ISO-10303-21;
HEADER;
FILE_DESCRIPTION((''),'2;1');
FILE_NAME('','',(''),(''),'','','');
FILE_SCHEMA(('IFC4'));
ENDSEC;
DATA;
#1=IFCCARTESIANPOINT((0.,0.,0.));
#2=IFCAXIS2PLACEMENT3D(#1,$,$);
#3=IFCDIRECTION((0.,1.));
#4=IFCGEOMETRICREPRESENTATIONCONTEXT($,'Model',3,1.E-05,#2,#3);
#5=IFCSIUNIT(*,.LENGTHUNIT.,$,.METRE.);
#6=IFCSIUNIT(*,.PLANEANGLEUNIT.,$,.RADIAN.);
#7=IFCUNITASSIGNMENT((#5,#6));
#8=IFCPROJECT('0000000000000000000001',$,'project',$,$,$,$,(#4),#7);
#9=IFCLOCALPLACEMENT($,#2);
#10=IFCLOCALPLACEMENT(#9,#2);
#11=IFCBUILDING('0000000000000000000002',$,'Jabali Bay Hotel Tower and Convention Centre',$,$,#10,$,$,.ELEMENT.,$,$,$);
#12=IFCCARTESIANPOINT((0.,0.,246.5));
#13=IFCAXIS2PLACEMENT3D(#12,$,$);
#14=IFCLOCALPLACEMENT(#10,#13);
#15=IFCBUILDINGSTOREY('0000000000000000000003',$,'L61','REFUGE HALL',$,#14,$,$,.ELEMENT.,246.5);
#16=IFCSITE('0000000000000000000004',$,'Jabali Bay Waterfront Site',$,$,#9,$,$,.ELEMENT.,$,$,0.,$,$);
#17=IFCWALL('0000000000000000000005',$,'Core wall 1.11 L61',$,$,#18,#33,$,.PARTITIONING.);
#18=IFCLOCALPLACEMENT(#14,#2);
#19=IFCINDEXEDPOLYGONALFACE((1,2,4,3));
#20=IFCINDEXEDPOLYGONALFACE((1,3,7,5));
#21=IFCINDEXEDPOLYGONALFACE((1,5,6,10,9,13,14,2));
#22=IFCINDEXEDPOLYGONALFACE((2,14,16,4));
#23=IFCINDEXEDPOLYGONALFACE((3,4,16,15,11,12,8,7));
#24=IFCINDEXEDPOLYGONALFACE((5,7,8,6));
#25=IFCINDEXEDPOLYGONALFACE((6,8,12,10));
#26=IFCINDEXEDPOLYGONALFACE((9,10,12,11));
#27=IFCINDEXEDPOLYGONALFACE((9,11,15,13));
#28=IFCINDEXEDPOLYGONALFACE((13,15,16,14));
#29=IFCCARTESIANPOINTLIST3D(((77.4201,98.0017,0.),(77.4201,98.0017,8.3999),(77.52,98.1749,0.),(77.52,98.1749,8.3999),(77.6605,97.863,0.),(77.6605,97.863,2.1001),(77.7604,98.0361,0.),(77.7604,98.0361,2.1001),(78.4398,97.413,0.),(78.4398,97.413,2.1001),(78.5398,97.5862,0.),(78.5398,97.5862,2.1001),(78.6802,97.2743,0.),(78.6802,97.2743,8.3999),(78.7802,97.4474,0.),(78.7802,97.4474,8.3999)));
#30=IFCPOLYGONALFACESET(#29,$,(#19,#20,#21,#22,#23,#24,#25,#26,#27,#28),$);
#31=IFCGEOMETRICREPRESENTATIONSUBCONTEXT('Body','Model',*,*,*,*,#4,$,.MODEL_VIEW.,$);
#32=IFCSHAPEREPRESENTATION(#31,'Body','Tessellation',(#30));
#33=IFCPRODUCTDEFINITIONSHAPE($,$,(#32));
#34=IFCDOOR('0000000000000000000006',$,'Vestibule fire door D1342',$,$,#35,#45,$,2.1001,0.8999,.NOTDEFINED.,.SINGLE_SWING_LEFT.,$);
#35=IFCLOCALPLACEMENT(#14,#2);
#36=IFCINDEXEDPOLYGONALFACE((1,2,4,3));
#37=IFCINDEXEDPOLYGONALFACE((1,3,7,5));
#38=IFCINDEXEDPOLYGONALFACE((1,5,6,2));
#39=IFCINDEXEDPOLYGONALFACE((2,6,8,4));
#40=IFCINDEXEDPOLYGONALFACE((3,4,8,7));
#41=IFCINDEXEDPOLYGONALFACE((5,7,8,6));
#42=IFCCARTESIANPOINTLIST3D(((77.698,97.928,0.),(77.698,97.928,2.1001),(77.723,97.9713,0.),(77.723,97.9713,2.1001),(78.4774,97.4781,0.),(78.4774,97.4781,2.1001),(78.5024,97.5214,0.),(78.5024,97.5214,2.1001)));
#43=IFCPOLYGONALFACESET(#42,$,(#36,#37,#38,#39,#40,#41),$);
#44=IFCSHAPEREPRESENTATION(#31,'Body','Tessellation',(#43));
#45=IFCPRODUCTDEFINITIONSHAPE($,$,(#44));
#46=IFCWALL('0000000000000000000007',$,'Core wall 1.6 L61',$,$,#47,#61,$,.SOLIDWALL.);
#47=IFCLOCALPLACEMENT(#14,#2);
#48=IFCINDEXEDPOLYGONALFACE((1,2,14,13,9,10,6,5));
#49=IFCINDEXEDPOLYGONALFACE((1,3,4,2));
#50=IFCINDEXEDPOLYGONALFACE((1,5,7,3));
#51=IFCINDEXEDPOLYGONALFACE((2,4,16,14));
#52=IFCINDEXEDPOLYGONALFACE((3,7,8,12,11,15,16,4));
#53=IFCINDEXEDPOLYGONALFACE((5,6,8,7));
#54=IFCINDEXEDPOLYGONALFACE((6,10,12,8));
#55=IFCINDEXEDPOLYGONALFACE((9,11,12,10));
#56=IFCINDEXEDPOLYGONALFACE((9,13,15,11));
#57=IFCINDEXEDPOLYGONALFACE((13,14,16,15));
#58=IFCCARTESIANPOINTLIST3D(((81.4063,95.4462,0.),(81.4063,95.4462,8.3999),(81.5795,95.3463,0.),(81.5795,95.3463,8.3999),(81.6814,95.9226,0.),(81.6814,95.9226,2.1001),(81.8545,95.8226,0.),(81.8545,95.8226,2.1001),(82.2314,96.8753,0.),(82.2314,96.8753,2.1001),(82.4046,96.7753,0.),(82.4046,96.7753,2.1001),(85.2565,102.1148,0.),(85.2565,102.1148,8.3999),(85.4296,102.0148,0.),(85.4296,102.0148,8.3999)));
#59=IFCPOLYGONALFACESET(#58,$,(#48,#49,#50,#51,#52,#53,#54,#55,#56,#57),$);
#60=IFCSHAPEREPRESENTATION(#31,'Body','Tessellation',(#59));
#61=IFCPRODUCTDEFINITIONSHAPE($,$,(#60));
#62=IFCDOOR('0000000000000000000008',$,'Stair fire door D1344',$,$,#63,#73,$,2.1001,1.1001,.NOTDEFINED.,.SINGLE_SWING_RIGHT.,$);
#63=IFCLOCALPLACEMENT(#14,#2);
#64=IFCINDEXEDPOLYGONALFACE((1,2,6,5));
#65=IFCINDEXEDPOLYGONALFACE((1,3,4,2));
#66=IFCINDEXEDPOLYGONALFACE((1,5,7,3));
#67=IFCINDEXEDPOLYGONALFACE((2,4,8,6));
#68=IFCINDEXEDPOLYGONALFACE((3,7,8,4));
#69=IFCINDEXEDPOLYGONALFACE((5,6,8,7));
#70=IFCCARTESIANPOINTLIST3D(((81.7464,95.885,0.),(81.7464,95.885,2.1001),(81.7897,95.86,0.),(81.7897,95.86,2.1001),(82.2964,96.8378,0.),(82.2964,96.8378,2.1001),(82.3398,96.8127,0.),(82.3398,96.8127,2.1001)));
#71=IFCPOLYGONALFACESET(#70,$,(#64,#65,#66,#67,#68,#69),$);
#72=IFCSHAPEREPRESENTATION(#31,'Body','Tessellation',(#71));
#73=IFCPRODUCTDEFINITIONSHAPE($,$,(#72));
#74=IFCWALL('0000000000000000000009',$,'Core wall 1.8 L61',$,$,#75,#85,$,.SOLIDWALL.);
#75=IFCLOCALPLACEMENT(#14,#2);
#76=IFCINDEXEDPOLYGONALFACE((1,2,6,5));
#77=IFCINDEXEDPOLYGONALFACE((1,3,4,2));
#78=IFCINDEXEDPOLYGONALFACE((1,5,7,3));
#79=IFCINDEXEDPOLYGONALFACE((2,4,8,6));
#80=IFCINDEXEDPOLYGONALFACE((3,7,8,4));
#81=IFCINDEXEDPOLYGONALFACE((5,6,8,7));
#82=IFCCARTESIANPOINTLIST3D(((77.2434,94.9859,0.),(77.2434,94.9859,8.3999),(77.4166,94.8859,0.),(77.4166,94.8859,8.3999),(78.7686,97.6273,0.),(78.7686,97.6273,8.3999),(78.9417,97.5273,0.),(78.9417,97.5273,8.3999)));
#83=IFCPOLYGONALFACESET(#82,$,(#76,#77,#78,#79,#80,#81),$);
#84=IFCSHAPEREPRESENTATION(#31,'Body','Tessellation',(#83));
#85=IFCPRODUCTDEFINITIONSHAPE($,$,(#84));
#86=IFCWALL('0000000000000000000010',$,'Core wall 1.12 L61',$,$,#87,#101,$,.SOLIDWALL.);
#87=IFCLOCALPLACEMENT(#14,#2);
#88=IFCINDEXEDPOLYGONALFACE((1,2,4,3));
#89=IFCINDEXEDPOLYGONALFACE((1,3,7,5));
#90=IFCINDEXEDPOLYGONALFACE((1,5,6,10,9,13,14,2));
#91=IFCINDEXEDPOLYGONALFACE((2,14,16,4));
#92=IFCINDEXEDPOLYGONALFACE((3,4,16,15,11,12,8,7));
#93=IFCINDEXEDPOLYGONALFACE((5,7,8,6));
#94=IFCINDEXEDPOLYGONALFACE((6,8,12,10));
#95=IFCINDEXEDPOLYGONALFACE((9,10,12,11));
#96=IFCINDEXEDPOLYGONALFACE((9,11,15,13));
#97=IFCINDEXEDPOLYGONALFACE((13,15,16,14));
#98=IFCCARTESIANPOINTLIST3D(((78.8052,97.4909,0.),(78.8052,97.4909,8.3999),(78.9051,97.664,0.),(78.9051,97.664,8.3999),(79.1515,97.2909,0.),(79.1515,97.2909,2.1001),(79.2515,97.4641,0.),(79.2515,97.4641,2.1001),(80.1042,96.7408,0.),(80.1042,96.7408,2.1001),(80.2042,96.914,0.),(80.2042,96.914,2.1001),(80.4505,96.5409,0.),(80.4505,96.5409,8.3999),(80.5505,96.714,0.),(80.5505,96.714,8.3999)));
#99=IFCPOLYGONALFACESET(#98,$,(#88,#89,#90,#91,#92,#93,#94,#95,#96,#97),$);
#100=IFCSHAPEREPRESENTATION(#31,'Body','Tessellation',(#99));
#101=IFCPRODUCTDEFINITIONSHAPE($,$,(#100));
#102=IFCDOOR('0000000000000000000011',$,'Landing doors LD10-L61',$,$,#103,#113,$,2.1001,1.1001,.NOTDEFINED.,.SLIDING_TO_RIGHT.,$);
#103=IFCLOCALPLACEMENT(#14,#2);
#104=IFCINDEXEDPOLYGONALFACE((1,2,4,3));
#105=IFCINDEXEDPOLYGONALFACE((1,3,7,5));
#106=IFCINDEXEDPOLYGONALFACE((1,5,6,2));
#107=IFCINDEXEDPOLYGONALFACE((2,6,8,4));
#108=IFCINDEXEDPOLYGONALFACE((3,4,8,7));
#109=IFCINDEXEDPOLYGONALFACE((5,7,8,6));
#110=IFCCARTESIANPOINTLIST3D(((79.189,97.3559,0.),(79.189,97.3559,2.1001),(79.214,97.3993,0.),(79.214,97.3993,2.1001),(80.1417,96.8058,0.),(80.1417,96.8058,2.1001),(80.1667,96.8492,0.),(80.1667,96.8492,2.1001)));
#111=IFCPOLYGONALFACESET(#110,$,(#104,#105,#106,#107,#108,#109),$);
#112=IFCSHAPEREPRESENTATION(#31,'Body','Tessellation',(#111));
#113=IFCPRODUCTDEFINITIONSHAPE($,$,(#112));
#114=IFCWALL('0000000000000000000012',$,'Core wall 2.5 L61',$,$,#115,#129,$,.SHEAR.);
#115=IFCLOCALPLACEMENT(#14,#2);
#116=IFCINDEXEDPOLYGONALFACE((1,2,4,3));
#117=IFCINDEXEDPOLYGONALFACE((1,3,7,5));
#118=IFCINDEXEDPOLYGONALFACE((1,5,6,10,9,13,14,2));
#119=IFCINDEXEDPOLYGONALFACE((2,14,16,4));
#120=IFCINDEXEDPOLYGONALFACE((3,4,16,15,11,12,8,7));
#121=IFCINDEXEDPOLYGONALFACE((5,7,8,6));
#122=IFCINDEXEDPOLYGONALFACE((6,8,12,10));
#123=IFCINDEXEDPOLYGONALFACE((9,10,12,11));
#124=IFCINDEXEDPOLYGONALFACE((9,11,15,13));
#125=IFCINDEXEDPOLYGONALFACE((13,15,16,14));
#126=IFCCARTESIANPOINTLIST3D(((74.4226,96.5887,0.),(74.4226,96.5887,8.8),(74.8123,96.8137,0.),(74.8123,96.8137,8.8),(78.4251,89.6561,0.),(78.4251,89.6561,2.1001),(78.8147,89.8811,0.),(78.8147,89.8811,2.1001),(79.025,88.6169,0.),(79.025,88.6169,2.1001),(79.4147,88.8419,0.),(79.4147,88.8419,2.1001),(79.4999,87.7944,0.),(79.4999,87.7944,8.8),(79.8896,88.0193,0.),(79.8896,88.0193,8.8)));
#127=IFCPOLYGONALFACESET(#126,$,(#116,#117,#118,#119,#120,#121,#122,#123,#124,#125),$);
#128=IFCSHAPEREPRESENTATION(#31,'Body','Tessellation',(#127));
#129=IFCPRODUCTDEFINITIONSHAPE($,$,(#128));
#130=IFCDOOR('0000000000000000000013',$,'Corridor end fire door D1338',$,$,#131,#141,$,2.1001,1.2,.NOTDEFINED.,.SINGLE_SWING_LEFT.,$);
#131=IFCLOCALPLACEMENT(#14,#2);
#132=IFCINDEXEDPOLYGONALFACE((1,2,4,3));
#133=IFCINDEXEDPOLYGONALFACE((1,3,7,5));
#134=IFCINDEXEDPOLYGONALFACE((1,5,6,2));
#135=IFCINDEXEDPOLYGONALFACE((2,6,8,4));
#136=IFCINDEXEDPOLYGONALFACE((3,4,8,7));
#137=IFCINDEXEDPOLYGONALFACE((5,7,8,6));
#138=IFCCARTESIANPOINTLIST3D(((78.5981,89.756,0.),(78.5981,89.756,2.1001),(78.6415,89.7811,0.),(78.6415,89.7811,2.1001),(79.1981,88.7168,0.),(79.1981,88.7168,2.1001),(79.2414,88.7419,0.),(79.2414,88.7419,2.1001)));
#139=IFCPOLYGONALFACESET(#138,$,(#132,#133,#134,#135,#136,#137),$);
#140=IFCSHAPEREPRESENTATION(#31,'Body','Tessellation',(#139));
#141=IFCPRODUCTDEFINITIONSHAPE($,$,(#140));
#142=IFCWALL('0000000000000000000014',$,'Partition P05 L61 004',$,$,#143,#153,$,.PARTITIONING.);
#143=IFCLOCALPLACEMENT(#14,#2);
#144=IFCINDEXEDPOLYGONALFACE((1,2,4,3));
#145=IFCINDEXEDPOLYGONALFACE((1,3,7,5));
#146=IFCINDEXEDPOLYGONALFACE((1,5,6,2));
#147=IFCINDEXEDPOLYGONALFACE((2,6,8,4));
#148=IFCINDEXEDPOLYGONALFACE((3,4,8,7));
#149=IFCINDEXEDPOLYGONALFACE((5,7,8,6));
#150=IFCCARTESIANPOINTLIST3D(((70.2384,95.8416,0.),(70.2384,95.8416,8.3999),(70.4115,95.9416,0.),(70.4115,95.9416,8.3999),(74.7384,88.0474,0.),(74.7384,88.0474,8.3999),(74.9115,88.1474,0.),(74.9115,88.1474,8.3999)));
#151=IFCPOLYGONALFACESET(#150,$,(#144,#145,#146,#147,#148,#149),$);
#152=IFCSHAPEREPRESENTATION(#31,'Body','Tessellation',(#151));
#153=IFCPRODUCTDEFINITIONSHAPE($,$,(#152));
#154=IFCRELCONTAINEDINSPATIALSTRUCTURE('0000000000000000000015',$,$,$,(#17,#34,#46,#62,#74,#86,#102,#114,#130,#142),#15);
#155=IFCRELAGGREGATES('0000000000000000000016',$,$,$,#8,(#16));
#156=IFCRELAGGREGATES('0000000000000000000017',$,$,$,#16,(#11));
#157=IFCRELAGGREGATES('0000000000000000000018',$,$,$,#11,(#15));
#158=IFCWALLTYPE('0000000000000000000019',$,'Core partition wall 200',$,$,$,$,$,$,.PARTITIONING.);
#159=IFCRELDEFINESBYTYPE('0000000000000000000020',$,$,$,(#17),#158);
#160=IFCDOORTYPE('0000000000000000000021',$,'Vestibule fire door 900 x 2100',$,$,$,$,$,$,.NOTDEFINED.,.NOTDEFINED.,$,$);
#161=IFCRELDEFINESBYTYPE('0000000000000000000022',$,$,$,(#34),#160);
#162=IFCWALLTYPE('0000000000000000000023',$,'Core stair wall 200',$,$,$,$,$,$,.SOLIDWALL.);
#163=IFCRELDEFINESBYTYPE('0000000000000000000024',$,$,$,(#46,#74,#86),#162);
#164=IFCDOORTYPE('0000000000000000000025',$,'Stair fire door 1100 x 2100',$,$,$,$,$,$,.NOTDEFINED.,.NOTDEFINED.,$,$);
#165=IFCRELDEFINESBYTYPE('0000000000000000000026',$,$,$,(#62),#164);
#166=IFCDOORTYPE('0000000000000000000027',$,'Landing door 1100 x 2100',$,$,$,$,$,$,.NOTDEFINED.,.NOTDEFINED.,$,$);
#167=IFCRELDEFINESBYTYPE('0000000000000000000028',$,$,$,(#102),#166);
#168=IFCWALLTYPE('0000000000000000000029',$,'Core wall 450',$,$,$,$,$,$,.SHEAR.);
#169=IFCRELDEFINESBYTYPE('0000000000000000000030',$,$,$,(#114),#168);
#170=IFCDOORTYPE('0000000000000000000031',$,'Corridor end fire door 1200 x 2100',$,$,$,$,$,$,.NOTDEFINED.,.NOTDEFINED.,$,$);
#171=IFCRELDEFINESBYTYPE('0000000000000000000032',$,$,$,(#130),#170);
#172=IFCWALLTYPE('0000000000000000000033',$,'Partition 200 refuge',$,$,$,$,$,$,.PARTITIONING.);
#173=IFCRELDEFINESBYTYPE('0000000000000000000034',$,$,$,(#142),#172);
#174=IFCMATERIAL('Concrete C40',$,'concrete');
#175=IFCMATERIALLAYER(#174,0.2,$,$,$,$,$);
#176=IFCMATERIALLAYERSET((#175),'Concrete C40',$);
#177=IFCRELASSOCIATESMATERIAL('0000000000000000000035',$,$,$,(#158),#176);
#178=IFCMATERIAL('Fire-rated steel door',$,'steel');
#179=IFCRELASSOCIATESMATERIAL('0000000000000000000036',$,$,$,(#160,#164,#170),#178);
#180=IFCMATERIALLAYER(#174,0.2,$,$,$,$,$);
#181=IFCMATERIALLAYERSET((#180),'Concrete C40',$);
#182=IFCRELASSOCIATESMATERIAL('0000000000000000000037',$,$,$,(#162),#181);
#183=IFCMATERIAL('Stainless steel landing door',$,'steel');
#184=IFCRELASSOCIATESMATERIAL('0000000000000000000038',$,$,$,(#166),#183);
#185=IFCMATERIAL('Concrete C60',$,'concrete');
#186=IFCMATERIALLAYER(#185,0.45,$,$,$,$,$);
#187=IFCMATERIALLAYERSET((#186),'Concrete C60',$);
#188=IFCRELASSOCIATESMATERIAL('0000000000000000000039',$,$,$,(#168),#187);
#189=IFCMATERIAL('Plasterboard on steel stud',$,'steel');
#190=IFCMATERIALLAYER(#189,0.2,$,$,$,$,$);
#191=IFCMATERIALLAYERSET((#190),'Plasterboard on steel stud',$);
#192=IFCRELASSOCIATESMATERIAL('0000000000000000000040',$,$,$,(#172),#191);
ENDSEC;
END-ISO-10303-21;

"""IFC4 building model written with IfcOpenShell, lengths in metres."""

from ifc_helpers import new_model, si_unit, direction, frame, frame_2d, origin, place, context, subcontext, project, spatial, rectangle, extrude, material, layer, layer_set, type_object, element, fill, save


model = new_model("IFC4")

# Units and contexts
model_context = context("Model", 3, precision=1e-05, world=origin(), true_north=direction((0.0, 1.0)))
body_context = subcontext(model_context, "Body", "Model", "MODEL_VIEW")
ifc_project = project(units=[si_unit("LENGTHUNIT", "METRE"), si_unit("PLANEANGLEUNIT", "RADIAN")], contexts=[model_context])

# Site, building, storey
site_placement = place(None, origin())
site = spatial("IfcSite", under=ifc_project, at=site_placement, Name="Jabali Bay Waterfront Site", CompositionType="ELEMENT", RefElevation=0.0)
building_placement = place(site_placement, origin())
building = spatial("IfcBuilding", under=site, at=building_placement, Name="Jabali Bay Hotel Tower and Convention Centre", CompositionType="ELEMENT")
storey_placement = place(building_placement, frame((0.0, 0.0, 246.5)))
storey = spatial("IfcBuildingStorey", under=building, at=storey_placement, Name="L61", Description="REFUGE HALL", CompositionType="ELEMENT", Elevation=246.5)

# Shared definitions
ifc_material_1 = material(Name="Concrete C60", Category="concrete")

# Walls, openings, doors
ifc_material_2 = material(Name="Concrete C40", Category="concrete")
ifc_layer_1 = layer(ifc_material_2, 0.2)
ifc_layer_set_1 = layer_set([ifc_layer_1], Name="Concrete C40")
wall_type_1 = type_object("IfcWallType", Name="Core partition wall 200", PredefinedType="PARTITIONING", material=ifc_layer_set_1)
wall_1_placement = place(storey_placement, frame((78.7302, 97.3608, 0.0), z_axis=(0.0, 0.0, 1.0), x_axis=(-0.866046, 0.499965, 0.0)))
wall_1 = element("IfcWall", 1, at=wall_1_placement, inside=storey, type_object=wall_type_1, Name="Core wall 1.11 L61", PredefinedType="PARTITIONING", context=body_context, shape_type="SweptSolid", body=[
    extrude(rectangle(XDim=1.4551, YDim=0.2, at=frame_2d((0.7275, 0.0))), origin(), (0.0, 0.0, 1.0), 8.3999),
])
opening_1_placement = place(wall_1_placement, frame((0.2776, 0.0, 0.0)))
opening_1 = element("IfcOpeningElement", 2, at=opening_1_placement, cuts=wall_1, PredefinedType="OPENING", context=body_context, shape_type="SweptSolid", body=[
    extrude(rectangle(XDim=0.8999, YDim=2.1001, at=frame_2d((0.45, 1.05))), frame((0.0, 0.1104, 0.0), z_axis=(0.0, -1.0, 0.0), x_axis=(1.0, 0.0, 0.0)), (0.0, 0.0, 1.0), 0.2209),
])
ifc_material_3 = material(Name="Fire-rated steel door", Category="steel")
door_type_1 = type_object("IfcDoorType", Name="Vestibule fire door 900 x 2100", OperationType="NOTDEFINED", PredefinedType="NOTDEFINED", material=ifc_material_3)
door_1_placement = place(opening_1_placement, origin())
door_1 = element("IfcDoor", 3, at=door_1_placement, inside=storey, type_object=door_type_1, Name="Vestibule fire door D1342", OperationType="SINGLE_SWING_LEFT", OverallHeight=2.1001, OverallWidth=0.8999, PredefinedType="NOTDEFINED", context=body_context, shape_type="SweptSolid", body=[
    extrude(rectangle(XDim=0.8999, YDim=2.1001, at=frame_2d((0.45, 1.05))), frame((0.0, 0.0249, 0.0), z_axis=(0.0, -1.0, 0.0), x_axis=(1.0, 0.0, 0.0)), (0.0, 0.0, 1.0), 0.05),
])
fill(opening_1, door_1)
ifc_layer_2 = layer(ifc_material_2, 0.2)
ifc_layer_set_2 = layer_set([ifc_layer_2], Name="Concrete C40")
wall_type_2 = type_object("IfcWallType", Name="Core stair wall 200", PredefinedType="SOLIDWALL", material=ifc_layer_set_2)
wall_2_placement = place(storey_placement, frame((81.4929, 95.3962, 0.0), z_axis=(0.0, 0.0, 1.0), x_axis=(0.500006, 0.866022, 0.0)))
wall_2 = element("IfcWall", 4, at=wall_2_placement, inside=storey, type_object=wall_type_2, Name="Core wall 1.6 L61", PredefinedType="SOLIDWALL", context=body_context, shape_type="SweptSolid", body=[
    extrude(rectangle(XDim=7.7002, YDim=0.2, at=frame_2d((3.8501, 0.0))), origin(), (0.0, 0.0, 1.0), 8.3999),
])
opening_2_placement = place(wall_2_placement, frame((0.55, 0.0, 0.0)))
opening_2 = element("IfcOpeningElement", 5, at=opening_2_placement, cuts=wall_2, PredefinedType="OPENING", context=body_context, shape_type="SweptSolid", body=[
    extrude(rectangle(XDim=1.1001, YDim=2.1001, at=frame_2d((0.55, 1.05))), frame((0.0, 0.1104, 0.0), z_axis=(0.0, -1.0, 0.0), x_axis=(1.0, 0.0, 0.0)), (0.0, 0.0, 1.0), 0.2209),
])
door_type_2 = type_object("IfcDoorType", Name="Stair fire door 1100 x 2100", OperationType="NOTDEFINED", PredefinedType="NOTDEFINED", material=ifc_material_3)
door_2_placement = place(opening_2_placement, origin())
door_2 = element("IfcDoor", 6, at=door_2_placement, inside=storey, type_object=door_type_2, Name="Stair fire door D1344", OperationType="SINGLE_SWING_RIGHT", OverallHeight=2.1001, OverallWidth=1.1001, PredefinedType="NOTDEFINED", context=body_context, shape_type="SweptSolid", body=[
    extrude(rectangle(XDim=1.1001, YDim=2.1001, at=frame_2d((0.55, 1.05))), frame((0.0, 0.0249, 0.0), z_axis=(0.0, -1.0, 0.0), x_axis=(1.0, 0.0, 0.0)), (0.0, 0.0, 1.0), 0.05),
])
fill(opening_2, door_2)

# Wall
wall_3_placement = place(storey_placement, frame((77.3301, 94.936, 0.0), z_axis=(0.0, 0.0, 1.0), x_axis=(0.500039, 0.866003, 0.0)))
element("IfcWall", 7, at=wall_3_placement, inside=storey, type_object=wall_type_2, Name="Core wall 1.8 L61", PredefinedType="SOLIDWALL", context=body_context, shape_type="SweptSolid", body=[
    extrude(rectangle(XDim=3.05, YDim=0.2, at=frame_2d((1.5249, 0.0))), origin(), (0.0, 0.0, 1.0), 8.3999),
])

# Walls, openings, doors
wall_4_placement = place(storey_placement, frame((80.5005, 96.6274, 0.0), z_axis=(0.0, 0.0, 1.0), x_axis=(-0.866012, 0.500023, 0.0)))
wall_4 = element("IfcWall", 8, at=wall_4_placement, inside=storey, type_object=wall_type_2, Name="Core wall 1.12 L61", PredefinedType="SOLIDWALL", context=body_context, shape_type="SweptSolid", body=[
    extrude(rectangle(XDim=1.8999, YDim=0.2, at=frame_2d((0.95, 0.0))), origin(), (0.0, 0.0, 1.0), 8.3999),
])
opening_3_placement = place(wall_4_placement, frame((0.3999, 0.0, 0.0)))
opening_3 = element("IfcOpeningElement", 9, at=opening_3_placement, cuts=wall_4, PredefinedType="OPENING", context=body_context, shape_type="SweptSolid", body=[
    extrude(rectangle(XDim=1.1001, YDim=2.1001, at=frame_2d((0.55, 1.05))), frame((0.0, 0.1104, 0.0), z_axis=(0.0, -1.0, 0.0), x_axis=(1.0, 0.0, 0.0)), (0.0, 0.0, 1.0), 0.2209),
])
ifc_material_4 = material(Name="Stainless steel landing door", Category="steel")
door_type_3 = type_object("IfcDoorType", Name="Landing door 1100 x 2100", OperationType="NOTDEFINED", PredefinedType="NOTDEFINED", material=ifc_material_4)
door_3_placement = place(opening_3_placement, origin())
door_3 = element("IfcDoor", 10, at=door_3_placement, inside=storey, type_object=door_type_3, Name="Landing doors LD10-L61", OperationType="SLIDING_TO_RIGHT", OverallHeight=2.1001, OverallWidth=1.1001, PredefinedType="NOTDEFINED", context=body_context, shape_type="SweptSolid", body=[
    extrude(rectangle(XDim=1.1001, YDim=2.1001, at=frame_2d((0.55, 1.05))), frame((0.0, 0.0249, 0.0), z_axis=(0.0, -1.0, 0.0), x_axis=(1.0, 0.0, 0.0)), (0.0, 0.0, 1.0), 0.05),
])
fill(opening_3, door_3)
ifc_layer_3 = layer(ifc_material_1, 0.45)
ifc_layer_set_3 = layer_set([ifc_layer_3], Name="Concrete C60")
wall_type_3 = type_object("IfcWallType", Name="Core wall 450", PredefinedType="SHEAR", material=ifc_layer_set_3)
wall_5_placement = place(storey_placement, frame((74.6174, 96.7012, 0.0), z_axis=(0.0, 0.0, 1.0), x_axis=(0.499994, -0.866029, 0.0)))
wall_5 = element("IfcWall", 11, at=wall_5_placement, inside=storey, type_object=wall_type_3, Name="Core wall 2.5 L61", PredefinedType="SHEAR", context=body_context, shape_type="SweptSolid", body=[
    extrude(rectangle(XDim=10.1548, YDim=0.45, at=frame_2d((5.0774, 0.0))), origin(), (0.0, 0.0, 1.0), 8.8),
])
opening_4_placement = place(wall_5_placement, frame((8.0049, 0.0, 0.0)))
opening_4 = element("IfcOpeningElement", 12, at=opening_4_placement, cuts=wall_5, PredefinedType="OPENING", context=body_context, shape_type="SweptSolid", body=[
    extrude(rectangle(XDim=1.2, YDim=2.1001, at=frame_2d((0.6001, 1.05))), frame((0.0, 0.2354, 0.0), z_axis=(0.0, -1.0, 0.0), x_axis=(1.0, 0.0, 0.0)), (0.0, 0.0, 1.0), 0.4709),
])
door_type_4 = type_object("IfcDoorType", Name="Corridor end fire door 1200 x 2100", OperationType="NOTDEFINED", PredefinedType="NOTDEFINED", material=ifc_material_3)
door_4_placement = place(opening_4_placement, origin())
door_4 = element("IfcDoor", 13, at=door_4_placement, inside=storey, type_object=door_type_4, Name="Corridor end fire door D1338", OperationType="SINGLE_SWING_LEFT", OverallHeight=2.1001, OverallWidth=1.2, PredefinedType="NOTDEFINED", context=body_context, shape_type="SweptSolid", body=[
    extrude(rectangle(XDim=1.2, YDim=2.1001, at=frame_2d((0.6001, 1.05))), frame((0.0, 0.0249, 0.0), z_axis=(0.0, -1.0, 0.0), x_axis=(1.0, 0.0, 0.0)), (0.0, 0.0, 1.0), 0.05),
])
fill(opening_4, door_4)

# Wall
ifc_material_5 = material(Name="Plasterboard on steel stud", Category="steel")
ifc_layer_4 = layer(ifc_material_5, 0.2)
ifc_layer_set_4 = layer_set([ifc_layer_4], Name="Plasterboard on steel stud")
wall_type_4 = type_object("IfcWallType", Name="Partition 200 refuge", PredefinedType="PARTITIONING", material=ifc_layer_set_4)
wall_6_placement = place(storey_placement, frame((70.325, 95.8916, 0.0), z_axis=(0.0, 0.0, 1.0), x_axis=(0.500002, -0.866024, 0.0)))
element("IfcWall", 14, at=wall_6_placement, inside=storey, type_object=wall_type_4, Name="Partition P05 L61 004", PredefinedType="PARTITIONING", context=body_context, shape_type="SweptSolid", body=[
    extrude(rectangle(XDim=9.0, YDim=0.2, at=frame_2d((4.5, 0.0))), origin(), (0.0, 0.0, 1.0), 8.3999),
])

save(model, "model.ifc")
